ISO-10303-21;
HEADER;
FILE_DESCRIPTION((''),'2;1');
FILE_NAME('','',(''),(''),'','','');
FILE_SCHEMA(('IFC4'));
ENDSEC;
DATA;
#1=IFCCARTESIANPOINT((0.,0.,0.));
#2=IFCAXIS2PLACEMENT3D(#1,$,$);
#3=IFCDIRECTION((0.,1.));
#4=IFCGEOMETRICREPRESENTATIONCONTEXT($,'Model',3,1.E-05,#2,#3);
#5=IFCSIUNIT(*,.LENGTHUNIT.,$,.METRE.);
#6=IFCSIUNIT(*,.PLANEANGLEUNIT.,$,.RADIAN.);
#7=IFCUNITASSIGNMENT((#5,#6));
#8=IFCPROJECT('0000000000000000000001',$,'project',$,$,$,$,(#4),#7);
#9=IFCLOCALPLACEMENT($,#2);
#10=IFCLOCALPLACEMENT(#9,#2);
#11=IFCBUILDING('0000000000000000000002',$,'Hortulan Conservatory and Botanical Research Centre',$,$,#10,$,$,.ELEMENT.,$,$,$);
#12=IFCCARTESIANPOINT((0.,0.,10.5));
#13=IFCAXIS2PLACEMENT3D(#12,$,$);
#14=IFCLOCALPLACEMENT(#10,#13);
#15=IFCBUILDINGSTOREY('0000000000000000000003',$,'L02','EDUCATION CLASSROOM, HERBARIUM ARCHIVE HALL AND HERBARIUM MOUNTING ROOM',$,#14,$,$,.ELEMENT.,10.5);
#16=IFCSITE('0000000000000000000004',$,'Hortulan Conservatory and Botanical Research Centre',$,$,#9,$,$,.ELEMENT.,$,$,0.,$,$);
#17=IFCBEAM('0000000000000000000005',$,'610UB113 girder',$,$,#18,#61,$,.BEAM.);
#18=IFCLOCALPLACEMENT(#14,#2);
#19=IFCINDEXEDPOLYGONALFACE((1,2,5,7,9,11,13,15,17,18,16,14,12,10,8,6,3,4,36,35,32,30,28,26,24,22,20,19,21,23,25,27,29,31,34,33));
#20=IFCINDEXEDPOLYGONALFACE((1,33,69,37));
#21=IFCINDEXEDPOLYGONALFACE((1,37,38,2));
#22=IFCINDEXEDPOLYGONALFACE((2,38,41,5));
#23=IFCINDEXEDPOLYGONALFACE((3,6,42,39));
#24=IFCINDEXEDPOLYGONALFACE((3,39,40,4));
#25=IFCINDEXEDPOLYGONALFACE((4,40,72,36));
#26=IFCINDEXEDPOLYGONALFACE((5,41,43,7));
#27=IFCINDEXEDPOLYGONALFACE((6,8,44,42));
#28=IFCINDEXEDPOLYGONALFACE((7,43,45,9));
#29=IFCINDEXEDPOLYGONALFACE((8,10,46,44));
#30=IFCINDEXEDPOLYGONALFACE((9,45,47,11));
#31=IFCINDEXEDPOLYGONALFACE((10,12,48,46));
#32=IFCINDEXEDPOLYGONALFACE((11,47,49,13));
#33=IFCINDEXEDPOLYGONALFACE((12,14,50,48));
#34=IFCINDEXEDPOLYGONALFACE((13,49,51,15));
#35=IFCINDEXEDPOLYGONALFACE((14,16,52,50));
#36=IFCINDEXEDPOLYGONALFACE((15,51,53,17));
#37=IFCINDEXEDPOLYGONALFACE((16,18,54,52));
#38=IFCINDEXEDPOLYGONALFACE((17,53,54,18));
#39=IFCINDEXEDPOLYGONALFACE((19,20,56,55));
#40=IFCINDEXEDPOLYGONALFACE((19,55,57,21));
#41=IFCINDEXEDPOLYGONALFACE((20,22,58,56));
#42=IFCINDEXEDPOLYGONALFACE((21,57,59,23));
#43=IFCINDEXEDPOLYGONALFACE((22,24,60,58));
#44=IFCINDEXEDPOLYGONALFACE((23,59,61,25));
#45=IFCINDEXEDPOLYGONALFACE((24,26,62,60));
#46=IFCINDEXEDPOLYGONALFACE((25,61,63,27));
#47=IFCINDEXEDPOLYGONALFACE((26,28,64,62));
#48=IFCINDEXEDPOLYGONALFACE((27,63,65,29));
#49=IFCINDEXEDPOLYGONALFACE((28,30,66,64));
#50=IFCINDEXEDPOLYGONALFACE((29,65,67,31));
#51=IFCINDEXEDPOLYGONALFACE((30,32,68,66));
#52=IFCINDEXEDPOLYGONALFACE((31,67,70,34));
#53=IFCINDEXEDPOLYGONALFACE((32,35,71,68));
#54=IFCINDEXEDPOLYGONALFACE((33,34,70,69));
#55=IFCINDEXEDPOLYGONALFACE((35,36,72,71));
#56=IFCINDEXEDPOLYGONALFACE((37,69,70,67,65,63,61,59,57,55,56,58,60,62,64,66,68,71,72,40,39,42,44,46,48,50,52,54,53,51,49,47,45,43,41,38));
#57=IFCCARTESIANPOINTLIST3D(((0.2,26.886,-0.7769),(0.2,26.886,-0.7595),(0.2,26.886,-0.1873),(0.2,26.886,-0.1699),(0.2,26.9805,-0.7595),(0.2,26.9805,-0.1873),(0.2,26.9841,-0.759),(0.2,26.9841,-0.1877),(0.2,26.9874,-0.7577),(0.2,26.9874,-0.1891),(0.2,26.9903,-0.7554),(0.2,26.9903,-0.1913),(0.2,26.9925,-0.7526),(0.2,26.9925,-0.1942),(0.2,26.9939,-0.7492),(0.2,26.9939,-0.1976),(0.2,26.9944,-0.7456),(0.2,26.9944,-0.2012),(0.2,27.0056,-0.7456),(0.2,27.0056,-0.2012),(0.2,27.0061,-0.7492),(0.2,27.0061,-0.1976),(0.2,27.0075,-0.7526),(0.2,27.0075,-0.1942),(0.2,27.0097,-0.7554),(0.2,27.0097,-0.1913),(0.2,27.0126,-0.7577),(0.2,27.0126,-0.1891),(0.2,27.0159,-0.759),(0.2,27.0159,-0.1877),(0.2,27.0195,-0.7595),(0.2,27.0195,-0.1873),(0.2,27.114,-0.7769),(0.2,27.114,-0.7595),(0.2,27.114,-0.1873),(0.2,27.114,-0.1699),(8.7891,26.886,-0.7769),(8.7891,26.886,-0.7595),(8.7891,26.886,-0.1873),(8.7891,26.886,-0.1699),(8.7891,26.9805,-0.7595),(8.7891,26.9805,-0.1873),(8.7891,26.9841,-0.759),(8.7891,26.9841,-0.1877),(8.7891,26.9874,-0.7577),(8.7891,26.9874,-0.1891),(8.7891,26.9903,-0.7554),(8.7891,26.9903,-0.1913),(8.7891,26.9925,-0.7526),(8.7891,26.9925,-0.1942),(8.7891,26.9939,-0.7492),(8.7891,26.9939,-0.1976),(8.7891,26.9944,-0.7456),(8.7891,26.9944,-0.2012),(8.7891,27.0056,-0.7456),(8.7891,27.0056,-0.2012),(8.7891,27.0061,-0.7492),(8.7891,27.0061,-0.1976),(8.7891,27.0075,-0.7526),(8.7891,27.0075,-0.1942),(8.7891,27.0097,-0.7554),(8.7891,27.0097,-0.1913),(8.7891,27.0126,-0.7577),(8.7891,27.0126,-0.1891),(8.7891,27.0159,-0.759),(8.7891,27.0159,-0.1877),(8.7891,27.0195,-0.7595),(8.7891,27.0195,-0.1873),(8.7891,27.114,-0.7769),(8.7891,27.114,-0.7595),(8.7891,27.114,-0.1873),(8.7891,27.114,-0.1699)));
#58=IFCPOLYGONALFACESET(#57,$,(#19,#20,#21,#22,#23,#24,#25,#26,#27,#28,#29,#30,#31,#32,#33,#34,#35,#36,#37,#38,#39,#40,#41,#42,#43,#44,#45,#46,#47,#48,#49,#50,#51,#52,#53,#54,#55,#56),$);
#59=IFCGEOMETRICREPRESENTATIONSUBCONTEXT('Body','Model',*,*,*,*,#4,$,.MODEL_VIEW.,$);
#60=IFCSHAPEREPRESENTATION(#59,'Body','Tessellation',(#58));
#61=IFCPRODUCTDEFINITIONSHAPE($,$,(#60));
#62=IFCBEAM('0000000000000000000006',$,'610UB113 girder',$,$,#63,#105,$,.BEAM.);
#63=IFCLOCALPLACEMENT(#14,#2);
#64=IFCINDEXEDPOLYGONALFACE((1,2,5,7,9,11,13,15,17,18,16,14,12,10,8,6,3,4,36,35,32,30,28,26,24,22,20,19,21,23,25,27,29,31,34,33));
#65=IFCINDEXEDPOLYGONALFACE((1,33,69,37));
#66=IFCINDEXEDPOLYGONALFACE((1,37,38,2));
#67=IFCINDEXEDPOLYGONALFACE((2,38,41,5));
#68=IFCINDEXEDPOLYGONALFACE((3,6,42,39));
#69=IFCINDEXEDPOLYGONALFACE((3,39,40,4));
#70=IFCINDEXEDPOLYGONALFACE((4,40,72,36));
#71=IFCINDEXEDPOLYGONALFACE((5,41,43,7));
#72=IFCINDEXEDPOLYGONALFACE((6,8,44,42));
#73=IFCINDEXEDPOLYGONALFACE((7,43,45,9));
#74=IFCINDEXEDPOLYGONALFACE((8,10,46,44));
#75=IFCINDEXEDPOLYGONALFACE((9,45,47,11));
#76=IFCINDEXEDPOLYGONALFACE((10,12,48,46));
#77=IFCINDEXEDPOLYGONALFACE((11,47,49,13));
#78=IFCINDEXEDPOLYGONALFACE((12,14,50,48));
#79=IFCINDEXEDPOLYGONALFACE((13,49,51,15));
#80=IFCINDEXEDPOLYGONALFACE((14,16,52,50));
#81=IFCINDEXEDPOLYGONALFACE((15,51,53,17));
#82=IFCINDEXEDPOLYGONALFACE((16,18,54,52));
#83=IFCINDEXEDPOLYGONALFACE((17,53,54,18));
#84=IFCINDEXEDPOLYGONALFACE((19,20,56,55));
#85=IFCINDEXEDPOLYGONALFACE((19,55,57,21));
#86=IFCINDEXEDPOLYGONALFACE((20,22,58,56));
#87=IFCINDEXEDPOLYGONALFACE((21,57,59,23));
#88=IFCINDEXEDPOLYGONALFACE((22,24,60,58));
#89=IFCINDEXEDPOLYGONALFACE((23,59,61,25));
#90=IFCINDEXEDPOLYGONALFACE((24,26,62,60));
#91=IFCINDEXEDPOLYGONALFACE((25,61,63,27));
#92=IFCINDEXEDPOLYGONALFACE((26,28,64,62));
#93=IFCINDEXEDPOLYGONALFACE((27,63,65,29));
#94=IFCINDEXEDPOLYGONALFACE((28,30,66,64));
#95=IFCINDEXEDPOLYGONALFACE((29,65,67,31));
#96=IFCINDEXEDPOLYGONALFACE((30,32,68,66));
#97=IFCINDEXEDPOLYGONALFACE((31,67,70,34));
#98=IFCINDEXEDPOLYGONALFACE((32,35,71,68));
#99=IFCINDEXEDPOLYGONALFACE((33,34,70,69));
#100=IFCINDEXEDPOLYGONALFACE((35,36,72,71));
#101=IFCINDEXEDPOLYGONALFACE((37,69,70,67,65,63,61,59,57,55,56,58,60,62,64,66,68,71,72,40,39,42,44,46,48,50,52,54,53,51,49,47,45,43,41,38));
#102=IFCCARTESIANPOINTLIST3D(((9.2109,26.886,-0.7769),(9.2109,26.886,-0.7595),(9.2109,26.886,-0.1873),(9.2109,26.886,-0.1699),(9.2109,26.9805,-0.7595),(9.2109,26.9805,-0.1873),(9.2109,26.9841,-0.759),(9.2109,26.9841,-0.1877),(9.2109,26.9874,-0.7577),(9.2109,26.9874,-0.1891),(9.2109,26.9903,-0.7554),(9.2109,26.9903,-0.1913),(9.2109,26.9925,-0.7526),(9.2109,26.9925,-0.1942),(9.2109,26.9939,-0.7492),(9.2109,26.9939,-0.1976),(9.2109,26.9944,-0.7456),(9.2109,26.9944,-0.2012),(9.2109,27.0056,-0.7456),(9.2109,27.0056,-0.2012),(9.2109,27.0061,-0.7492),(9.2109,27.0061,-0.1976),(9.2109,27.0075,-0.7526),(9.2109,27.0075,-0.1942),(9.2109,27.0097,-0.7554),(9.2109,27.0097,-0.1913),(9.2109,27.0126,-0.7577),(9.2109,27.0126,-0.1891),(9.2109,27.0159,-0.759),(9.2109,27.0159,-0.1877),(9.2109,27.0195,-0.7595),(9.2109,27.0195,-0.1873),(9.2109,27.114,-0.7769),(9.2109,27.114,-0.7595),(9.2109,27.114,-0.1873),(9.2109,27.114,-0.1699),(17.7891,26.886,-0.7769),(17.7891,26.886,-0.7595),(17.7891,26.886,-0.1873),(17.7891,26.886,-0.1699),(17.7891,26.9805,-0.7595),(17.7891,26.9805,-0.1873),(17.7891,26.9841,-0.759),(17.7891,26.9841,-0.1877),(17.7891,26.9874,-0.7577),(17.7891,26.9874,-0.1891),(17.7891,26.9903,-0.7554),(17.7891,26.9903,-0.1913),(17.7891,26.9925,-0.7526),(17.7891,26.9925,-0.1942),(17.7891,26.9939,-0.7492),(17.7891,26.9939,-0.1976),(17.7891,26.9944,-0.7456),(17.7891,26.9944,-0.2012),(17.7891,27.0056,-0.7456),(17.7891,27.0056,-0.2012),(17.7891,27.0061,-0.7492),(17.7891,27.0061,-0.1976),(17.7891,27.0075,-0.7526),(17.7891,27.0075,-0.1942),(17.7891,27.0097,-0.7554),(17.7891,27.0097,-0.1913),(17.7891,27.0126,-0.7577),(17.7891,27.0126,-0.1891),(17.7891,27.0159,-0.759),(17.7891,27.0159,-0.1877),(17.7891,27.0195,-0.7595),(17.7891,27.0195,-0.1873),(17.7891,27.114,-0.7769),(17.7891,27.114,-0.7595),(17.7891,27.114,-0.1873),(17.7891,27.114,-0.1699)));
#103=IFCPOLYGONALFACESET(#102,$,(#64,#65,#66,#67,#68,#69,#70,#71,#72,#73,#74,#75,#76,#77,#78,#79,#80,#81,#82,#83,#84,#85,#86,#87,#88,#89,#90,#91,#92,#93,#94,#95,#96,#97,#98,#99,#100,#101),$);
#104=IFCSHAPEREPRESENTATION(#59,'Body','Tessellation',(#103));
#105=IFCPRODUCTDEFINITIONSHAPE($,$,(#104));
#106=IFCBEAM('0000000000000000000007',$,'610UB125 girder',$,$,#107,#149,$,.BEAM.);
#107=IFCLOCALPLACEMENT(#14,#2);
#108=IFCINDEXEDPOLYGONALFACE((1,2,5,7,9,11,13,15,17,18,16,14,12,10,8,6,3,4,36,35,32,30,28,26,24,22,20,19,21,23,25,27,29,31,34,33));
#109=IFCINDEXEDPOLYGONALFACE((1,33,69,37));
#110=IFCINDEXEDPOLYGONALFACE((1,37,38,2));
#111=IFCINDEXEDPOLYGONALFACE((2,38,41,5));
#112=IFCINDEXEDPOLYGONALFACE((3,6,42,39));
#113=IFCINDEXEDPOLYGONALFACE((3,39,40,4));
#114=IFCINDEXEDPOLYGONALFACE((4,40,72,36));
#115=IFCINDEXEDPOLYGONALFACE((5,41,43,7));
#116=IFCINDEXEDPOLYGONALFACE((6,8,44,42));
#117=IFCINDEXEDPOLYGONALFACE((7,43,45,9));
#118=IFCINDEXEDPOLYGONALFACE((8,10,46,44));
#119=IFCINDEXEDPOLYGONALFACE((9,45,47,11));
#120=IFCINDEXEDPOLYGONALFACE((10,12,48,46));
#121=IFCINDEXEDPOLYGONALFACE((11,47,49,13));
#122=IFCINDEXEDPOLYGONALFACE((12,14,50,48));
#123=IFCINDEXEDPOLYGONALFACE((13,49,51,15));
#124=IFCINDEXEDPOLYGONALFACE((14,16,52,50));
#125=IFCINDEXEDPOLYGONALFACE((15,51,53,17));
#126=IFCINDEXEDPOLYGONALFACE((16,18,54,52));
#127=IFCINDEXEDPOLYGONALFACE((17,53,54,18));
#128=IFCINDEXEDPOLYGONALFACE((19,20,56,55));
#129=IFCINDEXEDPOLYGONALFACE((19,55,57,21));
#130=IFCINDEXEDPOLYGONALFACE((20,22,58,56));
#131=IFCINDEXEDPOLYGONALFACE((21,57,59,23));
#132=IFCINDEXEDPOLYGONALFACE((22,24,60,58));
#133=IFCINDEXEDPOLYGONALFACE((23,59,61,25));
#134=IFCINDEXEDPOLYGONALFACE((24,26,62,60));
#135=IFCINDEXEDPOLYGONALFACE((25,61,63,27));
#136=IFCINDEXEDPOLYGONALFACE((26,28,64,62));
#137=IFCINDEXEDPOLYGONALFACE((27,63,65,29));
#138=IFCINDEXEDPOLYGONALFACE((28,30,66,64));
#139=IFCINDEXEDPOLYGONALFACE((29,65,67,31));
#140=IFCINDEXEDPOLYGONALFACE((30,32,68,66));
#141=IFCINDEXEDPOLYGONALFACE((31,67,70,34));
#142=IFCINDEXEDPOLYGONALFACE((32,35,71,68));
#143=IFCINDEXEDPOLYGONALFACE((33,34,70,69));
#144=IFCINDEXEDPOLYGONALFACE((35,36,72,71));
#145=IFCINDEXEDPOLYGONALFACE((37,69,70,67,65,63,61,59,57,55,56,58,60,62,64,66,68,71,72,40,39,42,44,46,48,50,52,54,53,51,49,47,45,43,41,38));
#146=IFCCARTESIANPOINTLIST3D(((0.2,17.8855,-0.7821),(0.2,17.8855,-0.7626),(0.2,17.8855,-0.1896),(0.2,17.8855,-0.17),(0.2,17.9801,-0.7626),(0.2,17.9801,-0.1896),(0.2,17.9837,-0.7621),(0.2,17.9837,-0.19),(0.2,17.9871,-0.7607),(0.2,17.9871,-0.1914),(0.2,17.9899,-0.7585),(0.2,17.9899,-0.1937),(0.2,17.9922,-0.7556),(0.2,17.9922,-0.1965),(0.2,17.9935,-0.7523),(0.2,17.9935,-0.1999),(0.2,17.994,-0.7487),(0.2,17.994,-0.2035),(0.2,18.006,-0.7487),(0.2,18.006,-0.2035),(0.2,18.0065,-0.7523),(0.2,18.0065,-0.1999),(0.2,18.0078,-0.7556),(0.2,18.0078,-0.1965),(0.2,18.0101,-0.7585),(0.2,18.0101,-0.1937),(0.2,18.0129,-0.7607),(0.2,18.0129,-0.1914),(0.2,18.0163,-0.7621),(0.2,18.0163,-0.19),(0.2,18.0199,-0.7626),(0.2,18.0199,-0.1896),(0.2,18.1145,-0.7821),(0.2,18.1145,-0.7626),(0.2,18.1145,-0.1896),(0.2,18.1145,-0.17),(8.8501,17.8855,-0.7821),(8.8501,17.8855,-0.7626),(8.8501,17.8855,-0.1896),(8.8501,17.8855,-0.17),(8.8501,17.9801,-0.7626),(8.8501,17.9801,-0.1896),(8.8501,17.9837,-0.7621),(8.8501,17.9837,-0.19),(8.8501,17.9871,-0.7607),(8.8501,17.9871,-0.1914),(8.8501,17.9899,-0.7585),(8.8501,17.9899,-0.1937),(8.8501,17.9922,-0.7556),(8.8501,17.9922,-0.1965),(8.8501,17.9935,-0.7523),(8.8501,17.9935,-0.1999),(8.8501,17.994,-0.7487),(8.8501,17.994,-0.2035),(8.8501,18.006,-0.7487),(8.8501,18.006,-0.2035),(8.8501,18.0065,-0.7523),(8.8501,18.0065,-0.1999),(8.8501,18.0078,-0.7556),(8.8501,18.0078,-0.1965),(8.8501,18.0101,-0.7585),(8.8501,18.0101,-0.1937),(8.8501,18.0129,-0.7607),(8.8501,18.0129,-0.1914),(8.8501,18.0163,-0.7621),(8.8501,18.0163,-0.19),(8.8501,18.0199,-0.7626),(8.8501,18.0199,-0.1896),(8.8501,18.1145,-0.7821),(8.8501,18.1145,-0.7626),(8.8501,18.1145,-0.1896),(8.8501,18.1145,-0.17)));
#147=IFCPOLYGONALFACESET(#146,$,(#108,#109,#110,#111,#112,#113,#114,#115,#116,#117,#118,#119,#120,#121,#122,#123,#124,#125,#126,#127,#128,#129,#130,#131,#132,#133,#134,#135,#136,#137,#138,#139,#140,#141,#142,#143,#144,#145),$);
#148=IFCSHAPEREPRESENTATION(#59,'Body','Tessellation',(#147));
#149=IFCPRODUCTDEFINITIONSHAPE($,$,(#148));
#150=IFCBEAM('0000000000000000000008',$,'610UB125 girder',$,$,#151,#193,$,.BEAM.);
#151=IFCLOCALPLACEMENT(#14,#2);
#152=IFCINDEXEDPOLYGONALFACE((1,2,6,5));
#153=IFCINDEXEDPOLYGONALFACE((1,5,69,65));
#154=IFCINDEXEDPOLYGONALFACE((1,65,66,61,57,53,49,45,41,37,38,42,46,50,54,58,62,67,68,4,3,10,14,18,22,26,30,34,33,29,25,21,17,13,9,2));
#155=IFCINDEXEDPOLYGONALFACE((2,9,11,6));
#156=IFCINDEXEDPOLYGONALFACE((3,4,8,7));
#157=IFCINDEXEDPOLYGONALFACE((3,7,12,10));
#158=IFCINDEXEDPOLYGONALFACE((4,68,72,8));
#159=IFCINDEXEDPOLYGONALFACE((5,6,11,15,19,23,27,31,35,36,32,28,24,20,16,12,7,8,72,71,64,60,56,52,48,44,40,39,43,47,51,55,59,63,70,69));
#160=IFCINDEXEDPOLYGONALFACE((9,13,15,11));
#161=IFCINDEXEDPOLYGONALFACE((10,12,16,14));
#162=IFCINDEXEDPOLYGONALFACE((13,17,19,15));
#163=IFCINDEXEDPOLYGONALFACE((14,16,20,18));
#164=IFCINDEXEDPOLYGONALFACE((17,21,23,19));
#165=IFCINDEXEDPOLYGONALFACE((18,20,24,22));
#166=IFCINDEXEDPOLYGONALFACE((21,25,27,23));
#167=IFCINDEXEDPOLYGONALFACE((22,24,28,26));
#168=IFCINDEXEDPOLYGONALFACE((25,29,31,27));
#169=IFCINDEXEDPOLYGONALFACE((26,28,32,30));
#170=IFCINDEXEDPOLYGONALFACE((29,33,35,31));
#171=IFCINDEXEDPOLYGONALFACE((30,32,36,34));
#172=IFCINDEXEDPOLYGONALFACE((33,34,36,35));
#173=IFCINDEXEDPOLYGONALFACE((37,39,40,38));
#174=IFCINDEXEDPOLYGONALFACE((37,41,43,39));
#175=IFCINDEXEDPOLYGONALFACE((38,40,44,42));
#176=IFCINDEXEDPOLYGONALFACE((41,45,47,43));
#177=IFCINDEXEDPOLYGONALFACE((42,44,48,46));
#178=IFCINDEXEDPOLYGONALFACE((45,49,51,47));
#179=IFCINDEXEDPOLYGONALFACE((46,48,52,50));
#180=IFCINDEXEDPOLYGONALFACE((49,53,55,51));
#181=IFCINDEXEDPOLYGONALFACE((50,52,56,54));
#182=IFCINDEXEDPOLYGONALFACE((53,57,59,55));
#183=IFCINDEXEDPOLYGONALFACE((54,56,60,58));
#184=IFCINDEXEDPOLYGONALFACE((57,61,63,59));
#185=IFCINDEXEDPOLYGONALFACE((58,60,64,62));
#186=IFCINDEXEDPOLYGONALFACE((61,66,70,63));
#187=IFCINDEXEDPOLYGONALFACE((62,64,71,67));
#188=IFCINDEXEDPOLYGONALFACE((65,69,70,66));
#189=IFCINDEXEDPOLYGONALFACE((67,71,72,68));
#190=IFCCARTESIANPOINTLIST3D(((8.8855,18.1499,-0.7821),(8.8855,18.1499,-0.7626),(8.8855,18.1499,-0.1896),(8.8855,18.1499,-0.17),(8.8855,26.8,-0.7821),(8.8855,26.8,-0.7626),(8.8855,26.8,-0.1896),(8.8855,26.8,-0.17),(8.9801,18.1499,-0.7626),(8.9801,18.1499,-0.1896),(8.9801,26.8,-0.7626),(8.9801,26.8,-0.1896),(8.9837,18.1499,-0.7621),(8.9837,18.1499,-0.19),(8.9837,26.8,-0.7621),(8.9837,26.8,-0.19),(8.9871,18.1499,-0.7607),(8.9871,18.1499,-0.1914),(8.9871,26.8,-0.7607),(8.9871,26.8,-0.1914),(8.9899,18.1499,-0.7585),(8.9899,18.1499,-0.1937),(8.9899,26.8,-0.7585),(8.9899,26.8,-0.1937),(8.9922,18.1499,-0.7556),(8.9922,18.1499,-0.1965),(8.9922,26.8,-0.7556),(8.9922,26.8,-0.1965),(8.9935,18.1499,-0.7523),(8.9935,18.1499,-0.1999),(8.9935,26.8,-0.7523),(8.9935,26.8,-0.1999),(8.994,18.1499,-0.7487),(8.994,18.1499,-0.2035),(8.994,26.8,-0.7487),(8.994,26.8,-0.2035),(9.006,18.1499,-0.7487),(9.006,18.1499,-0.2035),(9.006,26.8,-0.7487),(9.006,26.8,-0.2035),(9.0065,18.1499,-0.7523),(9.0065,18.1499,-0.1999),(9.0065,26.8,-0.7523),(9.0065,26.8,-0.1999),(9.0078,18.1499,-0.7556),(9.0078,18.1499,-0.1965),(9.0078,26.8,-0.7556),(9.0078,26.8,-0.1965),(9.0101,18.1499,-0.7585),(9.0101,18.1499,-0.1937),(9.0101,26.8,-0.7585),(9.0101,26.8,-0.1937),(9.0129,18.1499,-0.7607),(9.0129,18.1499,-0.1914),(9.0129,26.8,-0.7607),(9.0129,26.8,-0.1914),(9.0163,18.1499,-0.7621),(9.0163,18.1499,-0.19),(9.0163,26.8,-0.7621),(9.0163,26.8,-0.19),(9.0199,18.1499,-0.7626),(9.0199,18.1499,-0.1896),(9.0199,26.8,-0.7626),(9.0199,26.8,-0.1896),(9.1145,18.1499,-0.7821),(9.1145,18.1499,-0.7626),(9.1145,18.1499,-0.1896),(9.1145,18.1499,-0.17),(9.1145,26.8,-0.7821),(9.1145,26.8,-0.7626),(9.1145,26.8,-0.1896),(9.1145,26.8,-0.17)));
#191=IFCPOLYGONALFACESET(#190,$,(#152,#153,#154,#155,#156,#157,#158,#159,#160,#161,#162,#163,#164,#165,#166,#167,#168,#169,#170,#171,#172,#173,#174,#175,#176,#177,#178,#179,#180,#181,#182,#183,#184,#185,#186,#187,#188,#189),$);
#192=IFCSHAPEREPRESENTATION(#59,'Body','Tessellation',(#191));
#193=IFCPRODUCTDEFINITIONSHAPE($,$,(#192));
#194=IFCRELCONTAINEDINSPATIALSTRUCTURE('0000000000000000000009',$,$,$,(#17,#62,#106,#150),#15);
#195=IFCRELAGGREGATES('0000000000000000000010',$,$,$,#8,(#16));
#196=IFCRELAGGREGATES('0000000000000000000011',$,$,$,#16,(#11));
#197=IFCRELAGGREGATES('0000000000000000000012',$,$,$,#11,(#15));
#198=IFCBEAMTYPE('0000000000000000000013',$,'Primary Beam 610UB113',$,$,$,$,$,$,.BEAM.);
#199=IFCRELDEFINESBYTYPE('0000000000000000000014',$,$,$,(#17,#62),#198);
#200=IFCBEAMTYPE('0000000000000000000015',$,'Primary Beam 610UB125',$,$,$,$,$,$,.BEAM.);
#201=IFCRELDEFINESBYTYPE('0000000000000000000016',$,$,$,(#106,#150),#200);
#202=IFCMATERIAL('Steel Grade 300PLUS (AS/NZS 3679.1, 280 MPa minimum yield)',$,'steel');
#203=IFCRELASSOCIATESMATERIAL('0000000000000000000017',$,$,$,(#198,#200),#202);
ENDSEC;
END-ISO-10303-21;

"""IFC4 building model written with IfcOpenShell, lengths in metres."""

from ifc_helpers import new_model, si_unit, direction, frame, origin, origin_2d, place, context, subcontext, project, spatial, i_section, extrude, material, material_profile, profile_set, type_object, element, save


model = new_model("IFC4")

# Units and contexts
model_context = context("Model", 3, precision=1e-05, world=origin(), true_north=direction((0.0, 1.0)))
body_context = subcontext(model_context, "Body", "Model", "MODEL_VIEW")
ifc_project = project(units=[si_unit("LENGTHUNIT", "METRE"), si_unit("PLANEANGLEUNIT", "RADIAN")], contexts=[model_context])

# Site, building, storey
site_placement = place(None, origin())
site = spatial("IfcSite", under=ifc_project, at=site_placement, Name="Hortulan Conservatory and Botanical Research Centre", CompositionType="ELEMENT", RefElevation=0.0)
building_placement = place(site_placement, origin())
building = spatial("IfcBuilding", under=site, at=building_placement, Name="Hortulan Conservatory and Botanical Research Centre", CompositionType="ELEMENT")
storey_placement = place(building_placement, frame((0.0, 0.0, 10.5)))
storey = spatial("IfcBuildingStorey", under=building, at=storey_placement, Name="L02", Description="EDUCATION CLASSROOM, HERBARIUM ARCHIVE HALL AND HERBARIUM MOUNTING ROOM", CompositionType="ELEMENT", Elevation=10.5)

# Beams
ifc_material_1 = material(Name="Steel Grade 300PLUS (AS/NZS 3679.1, 280 MPa minimum yield)", Category="steel")
ifc_material_profile_1 = material_profile(ifc_material_1, i_section(OverallWidth=0.228, OverallDepth=0.6069, WebThickness=0.0112, FlangeThickness=0.0173, FilletRadius=0.0139, at=origin_2d()), Name="610UB113")
ifc_profile_set_1 = profile_set([ifc_material_profile_1], Name="Steel Grade 300PLUS (AS/NZS 3679.1, 280 MPa minimum yield)")
beam_type_1 = type_object("IfcBeamType", Name="Primary Beam 610UB113", PredefinedType="BEAM", material=ifc_profile_set_1)
beam_1_placement = place(storey_placement, frame((0.2, 27.0, -0.4734), z_axis=(1.0, 0.0, 0.0), x_axis=(0.0, 1.0, 0.0)))
element("IfcBeam", 1, at=beam_1_placement, inside=storey, type_object=beam_type_1, Name="610UB113 girder", PredefinedType="BEAM", context=body_context, shape_type="SweptSolid", body=[
    extrude(i_section(OverallWidth=0.228, OverallDepth=0.6069, WebThickness=0.0112, FlangeThickness=0.0173, FilletRadius=0.0139, at=origin_2d()), origin(), (0.0, 0.0, 1.0), 8.5891),
])
beam_2_placement = place(storey_placement, frame((9.2109, 27.0, -0.4734), z_axis=(1.0, 0.0, 0.0), x_axis=(0.0, 1.0, 0.0)))
element("IfcBeam", 2, at=beam_2_placement, inside=storey, type_object=beam_type_1, Name="610UB113 girder", PredefinedType="BEAM", context=body_context, shape_type="SweptSolid", body=[
    extrude(i_section(OverallWidth=0.228, OverallDepth=0.6069, WebThickness=0.0112, FlangeThickness=0.0173, FilletRadius=0.0139, at=origin_2d()), origin(), (0.0, 0.0, 1.0), 8.5781),
])
ifc_material_profile_2 = material_profile(ifc_material_1, i_section(OverallWidth=0.229, OverallDepth=0.6121, WebThickness=0.012, FlangeThickness=0.0195, FilletRadius=0.0139, at=origin_2d()), Name="610UB125")
ifc_profile_set_2 = profile_set([ifc_material_profile_2], Name="Steel Grade 300PLUS (AS/NZS 3679.1, 280 MPa minimum yield)")
beam_type_2 = type_object("IfcBeamType", Name="Primary Beam 610UB125", PredefinedType="BEAM", material=ifc_profile_set_2)
for number, where, z_axis, x_axis, name in (
    (3, (0.2, 18.0, -0.4761), (1.0, 0.0, 0.0), (0.0, 1.0, 0.0), "610UB125 girder"),
    (4, (9.0, 18.1499, -0.4761), (0.0, 1.0, 0.0), (-1.0, 0.0, 0.0), "610UB125 girder"),
):
    element("IfcBeam", number, at=place(storey_placement, frame(where, z_axis=z_axis, x_axis=x_axis)), inside=storey, type_object=beam_type_2, Name=name, PredefinedType="BEAM", context=body_context, shape_type="SweptSolid", body=[
        extrude(i_section(OverallWidth=0.229, OverallDepth=0.6121, WebThickness=0.012, FlangeThickness=0.0195, FilletRadius=0.0139, at=origin_2d()), origin(), (0.0, 0.0, 1.0), 8.6501),
    ])

save(model, "model.ifc")
